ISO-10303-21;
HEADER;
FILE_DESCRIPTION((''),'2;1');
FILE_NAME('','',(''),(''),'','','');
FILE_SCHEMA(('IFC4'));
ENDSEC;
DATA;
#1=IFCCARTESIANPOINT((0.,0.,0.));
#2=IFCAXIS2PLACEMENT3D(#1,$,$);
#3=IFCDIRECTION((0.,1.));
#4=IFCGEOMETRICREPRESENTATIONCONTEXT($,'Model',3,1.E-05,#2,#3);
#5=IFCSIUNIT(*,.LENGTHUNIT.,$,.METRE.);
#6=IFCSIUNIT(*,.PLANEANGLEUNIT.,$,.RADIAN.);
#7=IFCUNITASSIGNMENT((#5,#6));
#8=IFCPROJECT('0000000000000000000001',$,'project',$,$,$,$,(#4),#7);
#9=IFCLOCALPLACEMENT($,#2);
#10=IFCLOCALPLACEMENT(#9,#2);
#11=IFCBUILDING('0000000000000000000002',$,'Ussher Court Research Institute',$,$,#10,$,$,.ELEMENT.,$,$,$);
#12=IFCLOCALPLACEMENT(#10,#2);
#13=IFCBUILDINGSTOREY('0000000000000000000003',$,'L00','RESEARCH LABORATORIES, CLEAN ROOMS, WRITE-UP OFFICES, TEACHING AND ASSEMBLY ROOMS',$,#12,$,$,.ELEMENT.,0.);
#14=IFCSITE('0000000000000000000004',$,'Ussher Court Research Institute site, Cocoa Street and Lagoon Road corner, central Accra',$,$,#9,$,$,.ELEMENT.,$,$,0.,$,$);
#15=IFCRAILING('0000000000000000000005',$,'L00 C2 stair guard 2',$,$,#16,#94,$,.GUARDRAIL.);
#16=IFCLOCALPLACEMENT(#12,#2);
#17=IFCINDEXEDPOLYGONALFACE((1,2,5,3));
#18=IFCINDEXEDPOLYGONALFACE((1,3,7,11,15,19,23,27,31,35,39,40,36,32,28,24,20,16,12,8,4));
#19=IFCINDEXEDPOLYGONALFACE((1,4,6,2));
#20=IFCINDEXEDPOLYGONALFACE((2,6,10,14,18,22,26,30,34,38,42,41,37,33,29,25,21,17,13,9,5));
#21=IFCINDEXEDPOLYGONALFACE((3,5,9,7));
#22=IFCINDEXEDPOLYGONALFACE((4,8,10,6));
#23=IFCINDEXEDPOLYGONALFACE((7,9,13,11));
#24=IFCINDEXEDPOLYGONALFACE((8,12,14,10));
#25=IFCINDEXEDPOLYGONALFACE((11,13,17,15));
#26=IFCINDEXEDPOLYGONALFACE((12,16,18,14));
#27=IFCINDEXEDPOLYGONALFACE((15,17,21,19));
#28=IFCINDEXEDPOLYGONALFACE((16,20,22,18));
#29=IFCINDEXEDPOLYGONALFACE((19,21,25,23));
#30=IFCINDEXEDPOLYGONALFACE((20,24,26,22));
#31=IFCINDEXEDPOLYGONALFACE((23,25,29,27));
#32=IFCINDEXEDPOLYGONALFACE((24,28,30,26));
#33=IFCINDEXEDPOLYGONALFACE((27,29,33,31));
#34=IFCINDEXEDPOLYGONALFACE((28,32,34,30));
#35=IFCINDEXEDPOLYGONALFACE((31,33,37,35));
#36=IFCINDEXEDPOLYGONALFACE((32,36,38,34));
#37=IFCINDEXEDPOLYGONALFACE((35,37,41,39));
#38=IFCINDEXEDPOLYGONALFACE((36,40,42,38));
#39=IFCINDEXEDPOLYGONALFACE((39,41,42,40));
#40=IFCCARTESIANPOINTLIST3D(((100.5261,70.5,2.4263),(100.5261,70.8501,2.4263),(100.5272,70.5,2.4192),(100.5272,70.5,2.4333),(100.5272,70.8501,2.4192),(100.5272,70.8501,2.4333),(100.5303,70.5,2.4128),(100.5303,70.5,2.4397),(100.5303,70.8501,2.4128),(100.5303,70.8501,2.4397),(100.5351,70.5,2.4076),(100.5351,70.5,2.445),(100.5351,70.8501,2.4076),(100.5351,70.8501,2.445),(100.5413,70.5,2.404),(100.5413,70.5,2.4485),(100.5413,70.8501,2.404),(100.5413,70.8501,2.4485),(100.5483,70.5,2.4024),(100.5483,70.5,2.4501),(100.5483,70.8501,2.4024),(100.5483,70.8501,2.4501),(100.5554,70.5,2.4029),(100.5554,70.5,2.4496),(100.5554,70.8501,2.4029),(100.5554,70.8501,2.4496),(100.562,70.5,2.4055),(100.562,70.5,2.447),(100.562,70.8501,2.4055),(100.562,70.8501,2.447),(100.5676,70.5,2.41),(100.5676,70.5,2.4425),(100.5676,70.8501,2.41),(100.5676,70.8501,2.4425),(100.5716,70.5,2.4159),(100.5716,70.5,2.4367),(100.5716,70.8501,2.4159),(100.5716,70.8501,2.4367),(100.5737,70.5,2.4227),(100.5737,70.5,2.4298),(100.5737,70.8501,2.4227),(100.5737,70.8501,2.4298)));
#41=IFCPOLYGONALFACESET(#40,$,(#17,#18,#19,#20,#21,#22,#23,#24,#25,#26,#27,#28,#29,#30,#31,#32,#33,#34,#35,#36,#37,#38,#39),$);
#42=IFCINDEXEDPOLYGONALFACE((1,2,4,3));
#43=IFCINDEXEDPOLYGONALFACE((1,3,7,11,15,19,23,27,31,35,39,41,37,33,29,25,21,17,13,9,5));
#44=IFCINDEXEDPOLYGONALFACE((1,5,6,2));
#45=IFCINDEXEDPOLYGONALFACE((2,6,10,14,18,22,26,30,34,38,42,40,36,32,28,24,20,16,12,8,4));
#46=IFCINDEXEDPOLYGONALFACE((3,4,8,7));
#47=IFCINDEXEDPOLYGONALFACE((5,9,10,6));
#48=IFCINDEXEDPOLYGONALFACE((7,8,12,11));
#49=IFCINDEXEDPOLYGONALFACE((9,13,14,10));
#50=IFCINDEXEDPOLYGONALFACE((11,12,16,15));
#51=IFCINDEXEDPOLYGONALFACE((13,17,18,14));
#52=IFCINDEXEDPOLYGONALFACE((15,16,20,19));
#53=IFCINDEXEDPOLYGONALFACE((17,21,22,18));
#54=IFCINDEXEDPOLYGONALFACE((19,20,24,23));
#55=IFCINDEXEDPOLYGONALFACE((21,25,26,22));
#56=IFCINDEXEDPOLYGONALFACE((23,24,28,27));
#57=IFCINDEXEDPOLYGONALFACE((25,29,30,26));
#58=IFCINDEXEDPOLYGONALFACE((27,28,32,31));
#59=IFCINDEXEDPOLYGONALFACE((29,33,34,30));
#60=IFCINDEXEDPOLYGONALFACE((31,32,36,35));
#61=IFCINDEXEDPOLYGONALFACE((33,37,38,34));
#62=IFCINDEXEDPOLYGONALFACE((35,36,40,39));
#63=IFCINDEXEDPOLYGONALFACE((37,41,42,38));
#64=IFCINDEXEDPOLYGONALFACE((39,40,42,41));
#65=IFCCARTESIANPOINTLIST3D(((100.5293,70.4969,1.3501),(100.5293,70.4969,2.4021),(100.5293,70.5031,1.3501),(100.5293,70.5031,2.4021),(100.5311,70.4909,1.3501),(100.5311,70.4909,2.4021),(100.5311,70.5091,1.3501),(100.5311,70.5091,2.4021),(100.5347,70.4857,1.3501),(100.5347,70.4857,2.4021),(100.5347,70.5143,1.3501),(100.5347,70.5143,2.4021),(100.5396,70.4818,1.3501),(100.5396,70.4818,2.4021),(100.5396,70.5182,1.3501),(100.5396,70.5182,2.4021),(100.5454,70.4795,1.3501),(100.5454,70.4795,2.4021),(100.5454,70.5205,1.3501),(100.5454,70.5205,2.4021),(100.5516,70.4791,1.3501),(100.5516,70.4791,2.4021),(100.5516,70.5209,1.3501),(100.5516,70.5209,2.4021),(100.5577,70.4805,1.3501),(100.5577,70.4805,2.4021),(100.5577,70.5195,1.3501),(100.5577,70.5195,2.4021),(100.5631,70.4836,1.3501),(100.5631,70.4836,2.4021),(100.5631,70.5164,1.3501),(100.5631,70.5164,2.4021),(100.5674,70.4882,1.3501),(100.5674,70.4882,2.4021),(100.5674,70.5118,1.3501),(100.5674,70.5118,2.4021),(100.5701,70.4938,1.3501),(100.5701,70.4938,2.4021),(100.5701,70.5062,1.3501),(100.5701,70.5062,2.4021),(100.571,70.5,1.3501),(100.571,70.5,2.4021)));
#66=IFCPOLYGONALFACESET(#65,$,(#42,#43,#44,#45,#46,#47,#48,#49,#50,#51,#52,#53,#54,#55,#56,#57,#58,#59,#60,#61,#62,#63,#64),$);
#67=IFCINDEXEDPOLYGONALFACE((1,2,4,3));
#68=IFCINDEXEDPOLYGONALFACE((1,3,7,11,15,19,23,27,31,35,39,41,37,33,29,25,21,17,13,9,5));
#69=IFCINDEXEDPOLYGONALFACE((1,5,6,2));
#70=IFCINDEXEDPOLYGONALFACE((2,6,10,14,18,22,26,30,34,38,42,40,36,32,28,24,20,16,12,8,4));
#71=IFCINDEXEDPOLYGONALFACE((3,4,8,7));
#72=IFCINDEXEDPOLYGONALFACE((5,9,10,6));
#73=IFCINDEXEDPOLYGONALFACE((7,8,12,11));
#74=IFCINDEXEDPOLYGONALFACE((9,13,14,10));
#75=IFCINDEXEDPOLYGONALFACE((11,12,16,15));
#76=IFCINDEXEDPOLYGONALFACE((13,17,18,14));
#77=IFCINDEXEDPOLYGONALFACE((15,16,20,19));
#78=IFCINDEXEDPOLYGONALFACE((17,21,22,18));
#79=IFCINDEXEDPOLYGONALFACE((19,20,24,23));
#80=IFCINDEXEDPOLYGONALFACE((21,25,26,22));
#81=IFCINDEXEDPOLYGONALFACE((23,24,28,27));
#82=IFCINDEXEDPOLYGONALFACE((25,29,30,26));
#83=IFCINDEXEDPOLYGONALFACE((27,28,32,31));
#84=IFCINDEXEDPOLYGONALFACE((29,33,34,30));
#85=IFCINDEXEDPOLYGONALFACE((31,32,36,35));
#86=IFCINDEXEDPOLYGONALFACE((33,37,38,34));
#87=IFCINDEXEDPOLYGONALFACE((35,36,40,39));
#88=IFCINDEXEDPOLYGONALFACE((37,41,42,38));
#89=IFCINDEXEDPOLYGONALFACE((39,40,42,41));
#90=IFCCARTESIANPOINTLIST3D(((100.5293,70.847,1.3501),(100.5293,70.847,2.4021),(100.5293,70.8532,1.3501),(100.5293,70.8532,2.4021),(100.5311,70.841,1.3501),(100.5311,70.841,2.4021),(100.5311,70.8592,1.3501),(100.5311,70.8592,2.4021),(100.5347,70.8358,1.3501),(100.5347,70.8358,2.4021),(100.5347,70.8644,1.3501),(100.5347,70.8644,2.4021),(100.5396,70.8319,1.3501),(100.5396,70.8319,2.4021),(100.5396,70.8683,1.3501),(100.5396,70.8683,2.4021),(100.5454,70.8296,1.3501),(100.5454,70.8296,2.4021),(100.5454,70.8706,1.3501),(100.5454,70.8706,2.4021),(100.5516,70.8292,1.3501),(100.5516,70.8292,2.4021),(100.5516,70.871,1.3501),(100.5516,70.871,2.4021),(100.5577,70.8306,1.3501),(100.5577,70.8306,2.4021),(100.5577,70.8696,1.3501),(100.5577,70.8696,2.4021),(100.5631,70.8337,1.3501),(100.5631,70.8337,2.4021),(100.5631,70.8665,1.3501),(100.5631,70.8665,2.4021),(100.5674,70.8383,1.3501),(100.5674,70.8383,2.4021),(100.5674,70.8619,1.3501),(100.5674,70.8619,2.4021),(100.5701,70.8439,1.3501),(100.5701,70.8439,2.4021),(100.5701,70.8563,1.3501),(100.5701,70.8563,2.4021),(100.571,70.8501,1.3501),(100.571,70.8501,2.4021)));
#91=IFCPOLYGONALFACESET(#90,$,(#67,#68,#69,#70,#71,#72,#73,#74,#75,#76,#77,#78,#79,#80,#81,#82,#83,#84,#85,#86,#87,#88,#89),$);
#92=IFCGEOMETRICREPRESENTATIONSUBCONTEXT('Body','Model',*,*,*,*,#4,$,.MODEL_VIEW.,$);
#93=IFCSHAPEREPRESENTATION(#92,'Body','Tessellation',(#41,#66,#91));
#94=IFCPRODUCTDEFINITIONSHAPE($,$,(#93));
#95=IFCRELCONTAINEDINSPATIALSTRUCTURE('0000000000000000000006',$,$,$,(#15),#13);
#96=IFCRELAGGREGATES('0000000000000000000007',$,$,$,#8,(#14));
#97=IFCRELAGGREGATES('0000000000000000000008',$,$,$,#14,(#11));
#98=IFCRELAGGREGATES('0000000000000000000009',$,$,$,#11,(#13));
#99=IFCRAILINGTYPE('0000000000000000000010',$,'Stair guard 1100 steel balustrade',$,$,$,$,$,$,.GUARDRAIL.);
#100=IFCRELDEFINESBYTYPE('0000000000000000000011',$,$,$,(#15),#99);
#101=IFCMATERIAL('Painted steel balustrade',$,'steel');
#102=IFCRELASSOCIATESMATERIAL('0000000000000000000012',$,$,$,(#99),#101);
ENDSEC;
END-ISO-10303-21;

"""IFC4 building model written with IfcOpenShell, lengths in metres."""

from ifc_helpers import new_model, si_unit, direction, frame, origin, origin_2d, place, context, subcontext, project, spatial, circle, extrude, material, type_object, element, save


model = new_model("IFC4")

# Units and contexts
model_context = context("Model", 3, precision=1e-05, world=origin(), true_north=direction((0.0, 1.0)))
body_context = subcontext(model_context, "Body", "Model", "MODEL_VIEW")
ifc_project = project(units=[si_unit("LENGTHUNIT", "METRE"), si_unit("PLANEANGLEUNIT", "RADIAN")], contexts=[model_context])

# Site, building, storey
site_placement = place(None, origin())
site = spatial("IfcSite", under=ifc_project, at=site_placement, Name="Ussher Court Research Institute site, Cocoa Street and Lagoon Road corner, central Accra", CompositionType="ELEMENT", RefElevation=0.0)
building_placement = place(site_placement, origin())
building = spatial("IfcBuilding", under=site, at=building_placement, Name="Ussher Court Research Institute", CompositionType="ELEMENT")
storey_placement = place(building_placement, origin())
storey = spatial("IfcBuildingStorey", under=building, at=storey_placement, Name="L00", Description="RESEARCH LABORATORIES, CLEAN ROOMS, WRITE-UP OFFICES, TEACHING AND ASSEMBLY ROOMS", CompositionType="ELEMENT", Elevation=0.0)

# Railing
ifc_material_1 = material(Name="Painted steel balustrade", Category="steel")
railing_type_1 = type_object("IfcRailingType", Name="Stair guard 1100 steel balustrade", PredefinedType="GUARDRAIL", material=ifc_material_1)
railing_1_placement = place(storey_placement, frame((100.55, 70.5, 1.3501)))
element("IfcRailing", 1, at=railing_1_placement, inside=storey, type_object=railing_type_1, Name="L00 C2 stair guard 2", PredefinedType="GUARDRAIL", context=body_context, shape_type="SweptSolid", body=[
    extrude(circle(Radius=0.0239, at=origin_2d()), frame((0.0, 0.0, 1.0762), z_axis=(0.0, 1.0, 0.0), x_axis=(-1.0, 0.0, 0.0)), (0.0, 0.0, 1.0), 0.3501),
    extrude(circle(Radius=0.021, at=origin_2d()), origin(), (0.0, 0.0, 1.0), 1.052),
    extrude(circle(Radius=0.021, at=origin_2d()), frame((0.0, 0.3501, 0.0)), (0.0, 0.0, 1.0), 1.052),
])

save(model, "model.ifc")
